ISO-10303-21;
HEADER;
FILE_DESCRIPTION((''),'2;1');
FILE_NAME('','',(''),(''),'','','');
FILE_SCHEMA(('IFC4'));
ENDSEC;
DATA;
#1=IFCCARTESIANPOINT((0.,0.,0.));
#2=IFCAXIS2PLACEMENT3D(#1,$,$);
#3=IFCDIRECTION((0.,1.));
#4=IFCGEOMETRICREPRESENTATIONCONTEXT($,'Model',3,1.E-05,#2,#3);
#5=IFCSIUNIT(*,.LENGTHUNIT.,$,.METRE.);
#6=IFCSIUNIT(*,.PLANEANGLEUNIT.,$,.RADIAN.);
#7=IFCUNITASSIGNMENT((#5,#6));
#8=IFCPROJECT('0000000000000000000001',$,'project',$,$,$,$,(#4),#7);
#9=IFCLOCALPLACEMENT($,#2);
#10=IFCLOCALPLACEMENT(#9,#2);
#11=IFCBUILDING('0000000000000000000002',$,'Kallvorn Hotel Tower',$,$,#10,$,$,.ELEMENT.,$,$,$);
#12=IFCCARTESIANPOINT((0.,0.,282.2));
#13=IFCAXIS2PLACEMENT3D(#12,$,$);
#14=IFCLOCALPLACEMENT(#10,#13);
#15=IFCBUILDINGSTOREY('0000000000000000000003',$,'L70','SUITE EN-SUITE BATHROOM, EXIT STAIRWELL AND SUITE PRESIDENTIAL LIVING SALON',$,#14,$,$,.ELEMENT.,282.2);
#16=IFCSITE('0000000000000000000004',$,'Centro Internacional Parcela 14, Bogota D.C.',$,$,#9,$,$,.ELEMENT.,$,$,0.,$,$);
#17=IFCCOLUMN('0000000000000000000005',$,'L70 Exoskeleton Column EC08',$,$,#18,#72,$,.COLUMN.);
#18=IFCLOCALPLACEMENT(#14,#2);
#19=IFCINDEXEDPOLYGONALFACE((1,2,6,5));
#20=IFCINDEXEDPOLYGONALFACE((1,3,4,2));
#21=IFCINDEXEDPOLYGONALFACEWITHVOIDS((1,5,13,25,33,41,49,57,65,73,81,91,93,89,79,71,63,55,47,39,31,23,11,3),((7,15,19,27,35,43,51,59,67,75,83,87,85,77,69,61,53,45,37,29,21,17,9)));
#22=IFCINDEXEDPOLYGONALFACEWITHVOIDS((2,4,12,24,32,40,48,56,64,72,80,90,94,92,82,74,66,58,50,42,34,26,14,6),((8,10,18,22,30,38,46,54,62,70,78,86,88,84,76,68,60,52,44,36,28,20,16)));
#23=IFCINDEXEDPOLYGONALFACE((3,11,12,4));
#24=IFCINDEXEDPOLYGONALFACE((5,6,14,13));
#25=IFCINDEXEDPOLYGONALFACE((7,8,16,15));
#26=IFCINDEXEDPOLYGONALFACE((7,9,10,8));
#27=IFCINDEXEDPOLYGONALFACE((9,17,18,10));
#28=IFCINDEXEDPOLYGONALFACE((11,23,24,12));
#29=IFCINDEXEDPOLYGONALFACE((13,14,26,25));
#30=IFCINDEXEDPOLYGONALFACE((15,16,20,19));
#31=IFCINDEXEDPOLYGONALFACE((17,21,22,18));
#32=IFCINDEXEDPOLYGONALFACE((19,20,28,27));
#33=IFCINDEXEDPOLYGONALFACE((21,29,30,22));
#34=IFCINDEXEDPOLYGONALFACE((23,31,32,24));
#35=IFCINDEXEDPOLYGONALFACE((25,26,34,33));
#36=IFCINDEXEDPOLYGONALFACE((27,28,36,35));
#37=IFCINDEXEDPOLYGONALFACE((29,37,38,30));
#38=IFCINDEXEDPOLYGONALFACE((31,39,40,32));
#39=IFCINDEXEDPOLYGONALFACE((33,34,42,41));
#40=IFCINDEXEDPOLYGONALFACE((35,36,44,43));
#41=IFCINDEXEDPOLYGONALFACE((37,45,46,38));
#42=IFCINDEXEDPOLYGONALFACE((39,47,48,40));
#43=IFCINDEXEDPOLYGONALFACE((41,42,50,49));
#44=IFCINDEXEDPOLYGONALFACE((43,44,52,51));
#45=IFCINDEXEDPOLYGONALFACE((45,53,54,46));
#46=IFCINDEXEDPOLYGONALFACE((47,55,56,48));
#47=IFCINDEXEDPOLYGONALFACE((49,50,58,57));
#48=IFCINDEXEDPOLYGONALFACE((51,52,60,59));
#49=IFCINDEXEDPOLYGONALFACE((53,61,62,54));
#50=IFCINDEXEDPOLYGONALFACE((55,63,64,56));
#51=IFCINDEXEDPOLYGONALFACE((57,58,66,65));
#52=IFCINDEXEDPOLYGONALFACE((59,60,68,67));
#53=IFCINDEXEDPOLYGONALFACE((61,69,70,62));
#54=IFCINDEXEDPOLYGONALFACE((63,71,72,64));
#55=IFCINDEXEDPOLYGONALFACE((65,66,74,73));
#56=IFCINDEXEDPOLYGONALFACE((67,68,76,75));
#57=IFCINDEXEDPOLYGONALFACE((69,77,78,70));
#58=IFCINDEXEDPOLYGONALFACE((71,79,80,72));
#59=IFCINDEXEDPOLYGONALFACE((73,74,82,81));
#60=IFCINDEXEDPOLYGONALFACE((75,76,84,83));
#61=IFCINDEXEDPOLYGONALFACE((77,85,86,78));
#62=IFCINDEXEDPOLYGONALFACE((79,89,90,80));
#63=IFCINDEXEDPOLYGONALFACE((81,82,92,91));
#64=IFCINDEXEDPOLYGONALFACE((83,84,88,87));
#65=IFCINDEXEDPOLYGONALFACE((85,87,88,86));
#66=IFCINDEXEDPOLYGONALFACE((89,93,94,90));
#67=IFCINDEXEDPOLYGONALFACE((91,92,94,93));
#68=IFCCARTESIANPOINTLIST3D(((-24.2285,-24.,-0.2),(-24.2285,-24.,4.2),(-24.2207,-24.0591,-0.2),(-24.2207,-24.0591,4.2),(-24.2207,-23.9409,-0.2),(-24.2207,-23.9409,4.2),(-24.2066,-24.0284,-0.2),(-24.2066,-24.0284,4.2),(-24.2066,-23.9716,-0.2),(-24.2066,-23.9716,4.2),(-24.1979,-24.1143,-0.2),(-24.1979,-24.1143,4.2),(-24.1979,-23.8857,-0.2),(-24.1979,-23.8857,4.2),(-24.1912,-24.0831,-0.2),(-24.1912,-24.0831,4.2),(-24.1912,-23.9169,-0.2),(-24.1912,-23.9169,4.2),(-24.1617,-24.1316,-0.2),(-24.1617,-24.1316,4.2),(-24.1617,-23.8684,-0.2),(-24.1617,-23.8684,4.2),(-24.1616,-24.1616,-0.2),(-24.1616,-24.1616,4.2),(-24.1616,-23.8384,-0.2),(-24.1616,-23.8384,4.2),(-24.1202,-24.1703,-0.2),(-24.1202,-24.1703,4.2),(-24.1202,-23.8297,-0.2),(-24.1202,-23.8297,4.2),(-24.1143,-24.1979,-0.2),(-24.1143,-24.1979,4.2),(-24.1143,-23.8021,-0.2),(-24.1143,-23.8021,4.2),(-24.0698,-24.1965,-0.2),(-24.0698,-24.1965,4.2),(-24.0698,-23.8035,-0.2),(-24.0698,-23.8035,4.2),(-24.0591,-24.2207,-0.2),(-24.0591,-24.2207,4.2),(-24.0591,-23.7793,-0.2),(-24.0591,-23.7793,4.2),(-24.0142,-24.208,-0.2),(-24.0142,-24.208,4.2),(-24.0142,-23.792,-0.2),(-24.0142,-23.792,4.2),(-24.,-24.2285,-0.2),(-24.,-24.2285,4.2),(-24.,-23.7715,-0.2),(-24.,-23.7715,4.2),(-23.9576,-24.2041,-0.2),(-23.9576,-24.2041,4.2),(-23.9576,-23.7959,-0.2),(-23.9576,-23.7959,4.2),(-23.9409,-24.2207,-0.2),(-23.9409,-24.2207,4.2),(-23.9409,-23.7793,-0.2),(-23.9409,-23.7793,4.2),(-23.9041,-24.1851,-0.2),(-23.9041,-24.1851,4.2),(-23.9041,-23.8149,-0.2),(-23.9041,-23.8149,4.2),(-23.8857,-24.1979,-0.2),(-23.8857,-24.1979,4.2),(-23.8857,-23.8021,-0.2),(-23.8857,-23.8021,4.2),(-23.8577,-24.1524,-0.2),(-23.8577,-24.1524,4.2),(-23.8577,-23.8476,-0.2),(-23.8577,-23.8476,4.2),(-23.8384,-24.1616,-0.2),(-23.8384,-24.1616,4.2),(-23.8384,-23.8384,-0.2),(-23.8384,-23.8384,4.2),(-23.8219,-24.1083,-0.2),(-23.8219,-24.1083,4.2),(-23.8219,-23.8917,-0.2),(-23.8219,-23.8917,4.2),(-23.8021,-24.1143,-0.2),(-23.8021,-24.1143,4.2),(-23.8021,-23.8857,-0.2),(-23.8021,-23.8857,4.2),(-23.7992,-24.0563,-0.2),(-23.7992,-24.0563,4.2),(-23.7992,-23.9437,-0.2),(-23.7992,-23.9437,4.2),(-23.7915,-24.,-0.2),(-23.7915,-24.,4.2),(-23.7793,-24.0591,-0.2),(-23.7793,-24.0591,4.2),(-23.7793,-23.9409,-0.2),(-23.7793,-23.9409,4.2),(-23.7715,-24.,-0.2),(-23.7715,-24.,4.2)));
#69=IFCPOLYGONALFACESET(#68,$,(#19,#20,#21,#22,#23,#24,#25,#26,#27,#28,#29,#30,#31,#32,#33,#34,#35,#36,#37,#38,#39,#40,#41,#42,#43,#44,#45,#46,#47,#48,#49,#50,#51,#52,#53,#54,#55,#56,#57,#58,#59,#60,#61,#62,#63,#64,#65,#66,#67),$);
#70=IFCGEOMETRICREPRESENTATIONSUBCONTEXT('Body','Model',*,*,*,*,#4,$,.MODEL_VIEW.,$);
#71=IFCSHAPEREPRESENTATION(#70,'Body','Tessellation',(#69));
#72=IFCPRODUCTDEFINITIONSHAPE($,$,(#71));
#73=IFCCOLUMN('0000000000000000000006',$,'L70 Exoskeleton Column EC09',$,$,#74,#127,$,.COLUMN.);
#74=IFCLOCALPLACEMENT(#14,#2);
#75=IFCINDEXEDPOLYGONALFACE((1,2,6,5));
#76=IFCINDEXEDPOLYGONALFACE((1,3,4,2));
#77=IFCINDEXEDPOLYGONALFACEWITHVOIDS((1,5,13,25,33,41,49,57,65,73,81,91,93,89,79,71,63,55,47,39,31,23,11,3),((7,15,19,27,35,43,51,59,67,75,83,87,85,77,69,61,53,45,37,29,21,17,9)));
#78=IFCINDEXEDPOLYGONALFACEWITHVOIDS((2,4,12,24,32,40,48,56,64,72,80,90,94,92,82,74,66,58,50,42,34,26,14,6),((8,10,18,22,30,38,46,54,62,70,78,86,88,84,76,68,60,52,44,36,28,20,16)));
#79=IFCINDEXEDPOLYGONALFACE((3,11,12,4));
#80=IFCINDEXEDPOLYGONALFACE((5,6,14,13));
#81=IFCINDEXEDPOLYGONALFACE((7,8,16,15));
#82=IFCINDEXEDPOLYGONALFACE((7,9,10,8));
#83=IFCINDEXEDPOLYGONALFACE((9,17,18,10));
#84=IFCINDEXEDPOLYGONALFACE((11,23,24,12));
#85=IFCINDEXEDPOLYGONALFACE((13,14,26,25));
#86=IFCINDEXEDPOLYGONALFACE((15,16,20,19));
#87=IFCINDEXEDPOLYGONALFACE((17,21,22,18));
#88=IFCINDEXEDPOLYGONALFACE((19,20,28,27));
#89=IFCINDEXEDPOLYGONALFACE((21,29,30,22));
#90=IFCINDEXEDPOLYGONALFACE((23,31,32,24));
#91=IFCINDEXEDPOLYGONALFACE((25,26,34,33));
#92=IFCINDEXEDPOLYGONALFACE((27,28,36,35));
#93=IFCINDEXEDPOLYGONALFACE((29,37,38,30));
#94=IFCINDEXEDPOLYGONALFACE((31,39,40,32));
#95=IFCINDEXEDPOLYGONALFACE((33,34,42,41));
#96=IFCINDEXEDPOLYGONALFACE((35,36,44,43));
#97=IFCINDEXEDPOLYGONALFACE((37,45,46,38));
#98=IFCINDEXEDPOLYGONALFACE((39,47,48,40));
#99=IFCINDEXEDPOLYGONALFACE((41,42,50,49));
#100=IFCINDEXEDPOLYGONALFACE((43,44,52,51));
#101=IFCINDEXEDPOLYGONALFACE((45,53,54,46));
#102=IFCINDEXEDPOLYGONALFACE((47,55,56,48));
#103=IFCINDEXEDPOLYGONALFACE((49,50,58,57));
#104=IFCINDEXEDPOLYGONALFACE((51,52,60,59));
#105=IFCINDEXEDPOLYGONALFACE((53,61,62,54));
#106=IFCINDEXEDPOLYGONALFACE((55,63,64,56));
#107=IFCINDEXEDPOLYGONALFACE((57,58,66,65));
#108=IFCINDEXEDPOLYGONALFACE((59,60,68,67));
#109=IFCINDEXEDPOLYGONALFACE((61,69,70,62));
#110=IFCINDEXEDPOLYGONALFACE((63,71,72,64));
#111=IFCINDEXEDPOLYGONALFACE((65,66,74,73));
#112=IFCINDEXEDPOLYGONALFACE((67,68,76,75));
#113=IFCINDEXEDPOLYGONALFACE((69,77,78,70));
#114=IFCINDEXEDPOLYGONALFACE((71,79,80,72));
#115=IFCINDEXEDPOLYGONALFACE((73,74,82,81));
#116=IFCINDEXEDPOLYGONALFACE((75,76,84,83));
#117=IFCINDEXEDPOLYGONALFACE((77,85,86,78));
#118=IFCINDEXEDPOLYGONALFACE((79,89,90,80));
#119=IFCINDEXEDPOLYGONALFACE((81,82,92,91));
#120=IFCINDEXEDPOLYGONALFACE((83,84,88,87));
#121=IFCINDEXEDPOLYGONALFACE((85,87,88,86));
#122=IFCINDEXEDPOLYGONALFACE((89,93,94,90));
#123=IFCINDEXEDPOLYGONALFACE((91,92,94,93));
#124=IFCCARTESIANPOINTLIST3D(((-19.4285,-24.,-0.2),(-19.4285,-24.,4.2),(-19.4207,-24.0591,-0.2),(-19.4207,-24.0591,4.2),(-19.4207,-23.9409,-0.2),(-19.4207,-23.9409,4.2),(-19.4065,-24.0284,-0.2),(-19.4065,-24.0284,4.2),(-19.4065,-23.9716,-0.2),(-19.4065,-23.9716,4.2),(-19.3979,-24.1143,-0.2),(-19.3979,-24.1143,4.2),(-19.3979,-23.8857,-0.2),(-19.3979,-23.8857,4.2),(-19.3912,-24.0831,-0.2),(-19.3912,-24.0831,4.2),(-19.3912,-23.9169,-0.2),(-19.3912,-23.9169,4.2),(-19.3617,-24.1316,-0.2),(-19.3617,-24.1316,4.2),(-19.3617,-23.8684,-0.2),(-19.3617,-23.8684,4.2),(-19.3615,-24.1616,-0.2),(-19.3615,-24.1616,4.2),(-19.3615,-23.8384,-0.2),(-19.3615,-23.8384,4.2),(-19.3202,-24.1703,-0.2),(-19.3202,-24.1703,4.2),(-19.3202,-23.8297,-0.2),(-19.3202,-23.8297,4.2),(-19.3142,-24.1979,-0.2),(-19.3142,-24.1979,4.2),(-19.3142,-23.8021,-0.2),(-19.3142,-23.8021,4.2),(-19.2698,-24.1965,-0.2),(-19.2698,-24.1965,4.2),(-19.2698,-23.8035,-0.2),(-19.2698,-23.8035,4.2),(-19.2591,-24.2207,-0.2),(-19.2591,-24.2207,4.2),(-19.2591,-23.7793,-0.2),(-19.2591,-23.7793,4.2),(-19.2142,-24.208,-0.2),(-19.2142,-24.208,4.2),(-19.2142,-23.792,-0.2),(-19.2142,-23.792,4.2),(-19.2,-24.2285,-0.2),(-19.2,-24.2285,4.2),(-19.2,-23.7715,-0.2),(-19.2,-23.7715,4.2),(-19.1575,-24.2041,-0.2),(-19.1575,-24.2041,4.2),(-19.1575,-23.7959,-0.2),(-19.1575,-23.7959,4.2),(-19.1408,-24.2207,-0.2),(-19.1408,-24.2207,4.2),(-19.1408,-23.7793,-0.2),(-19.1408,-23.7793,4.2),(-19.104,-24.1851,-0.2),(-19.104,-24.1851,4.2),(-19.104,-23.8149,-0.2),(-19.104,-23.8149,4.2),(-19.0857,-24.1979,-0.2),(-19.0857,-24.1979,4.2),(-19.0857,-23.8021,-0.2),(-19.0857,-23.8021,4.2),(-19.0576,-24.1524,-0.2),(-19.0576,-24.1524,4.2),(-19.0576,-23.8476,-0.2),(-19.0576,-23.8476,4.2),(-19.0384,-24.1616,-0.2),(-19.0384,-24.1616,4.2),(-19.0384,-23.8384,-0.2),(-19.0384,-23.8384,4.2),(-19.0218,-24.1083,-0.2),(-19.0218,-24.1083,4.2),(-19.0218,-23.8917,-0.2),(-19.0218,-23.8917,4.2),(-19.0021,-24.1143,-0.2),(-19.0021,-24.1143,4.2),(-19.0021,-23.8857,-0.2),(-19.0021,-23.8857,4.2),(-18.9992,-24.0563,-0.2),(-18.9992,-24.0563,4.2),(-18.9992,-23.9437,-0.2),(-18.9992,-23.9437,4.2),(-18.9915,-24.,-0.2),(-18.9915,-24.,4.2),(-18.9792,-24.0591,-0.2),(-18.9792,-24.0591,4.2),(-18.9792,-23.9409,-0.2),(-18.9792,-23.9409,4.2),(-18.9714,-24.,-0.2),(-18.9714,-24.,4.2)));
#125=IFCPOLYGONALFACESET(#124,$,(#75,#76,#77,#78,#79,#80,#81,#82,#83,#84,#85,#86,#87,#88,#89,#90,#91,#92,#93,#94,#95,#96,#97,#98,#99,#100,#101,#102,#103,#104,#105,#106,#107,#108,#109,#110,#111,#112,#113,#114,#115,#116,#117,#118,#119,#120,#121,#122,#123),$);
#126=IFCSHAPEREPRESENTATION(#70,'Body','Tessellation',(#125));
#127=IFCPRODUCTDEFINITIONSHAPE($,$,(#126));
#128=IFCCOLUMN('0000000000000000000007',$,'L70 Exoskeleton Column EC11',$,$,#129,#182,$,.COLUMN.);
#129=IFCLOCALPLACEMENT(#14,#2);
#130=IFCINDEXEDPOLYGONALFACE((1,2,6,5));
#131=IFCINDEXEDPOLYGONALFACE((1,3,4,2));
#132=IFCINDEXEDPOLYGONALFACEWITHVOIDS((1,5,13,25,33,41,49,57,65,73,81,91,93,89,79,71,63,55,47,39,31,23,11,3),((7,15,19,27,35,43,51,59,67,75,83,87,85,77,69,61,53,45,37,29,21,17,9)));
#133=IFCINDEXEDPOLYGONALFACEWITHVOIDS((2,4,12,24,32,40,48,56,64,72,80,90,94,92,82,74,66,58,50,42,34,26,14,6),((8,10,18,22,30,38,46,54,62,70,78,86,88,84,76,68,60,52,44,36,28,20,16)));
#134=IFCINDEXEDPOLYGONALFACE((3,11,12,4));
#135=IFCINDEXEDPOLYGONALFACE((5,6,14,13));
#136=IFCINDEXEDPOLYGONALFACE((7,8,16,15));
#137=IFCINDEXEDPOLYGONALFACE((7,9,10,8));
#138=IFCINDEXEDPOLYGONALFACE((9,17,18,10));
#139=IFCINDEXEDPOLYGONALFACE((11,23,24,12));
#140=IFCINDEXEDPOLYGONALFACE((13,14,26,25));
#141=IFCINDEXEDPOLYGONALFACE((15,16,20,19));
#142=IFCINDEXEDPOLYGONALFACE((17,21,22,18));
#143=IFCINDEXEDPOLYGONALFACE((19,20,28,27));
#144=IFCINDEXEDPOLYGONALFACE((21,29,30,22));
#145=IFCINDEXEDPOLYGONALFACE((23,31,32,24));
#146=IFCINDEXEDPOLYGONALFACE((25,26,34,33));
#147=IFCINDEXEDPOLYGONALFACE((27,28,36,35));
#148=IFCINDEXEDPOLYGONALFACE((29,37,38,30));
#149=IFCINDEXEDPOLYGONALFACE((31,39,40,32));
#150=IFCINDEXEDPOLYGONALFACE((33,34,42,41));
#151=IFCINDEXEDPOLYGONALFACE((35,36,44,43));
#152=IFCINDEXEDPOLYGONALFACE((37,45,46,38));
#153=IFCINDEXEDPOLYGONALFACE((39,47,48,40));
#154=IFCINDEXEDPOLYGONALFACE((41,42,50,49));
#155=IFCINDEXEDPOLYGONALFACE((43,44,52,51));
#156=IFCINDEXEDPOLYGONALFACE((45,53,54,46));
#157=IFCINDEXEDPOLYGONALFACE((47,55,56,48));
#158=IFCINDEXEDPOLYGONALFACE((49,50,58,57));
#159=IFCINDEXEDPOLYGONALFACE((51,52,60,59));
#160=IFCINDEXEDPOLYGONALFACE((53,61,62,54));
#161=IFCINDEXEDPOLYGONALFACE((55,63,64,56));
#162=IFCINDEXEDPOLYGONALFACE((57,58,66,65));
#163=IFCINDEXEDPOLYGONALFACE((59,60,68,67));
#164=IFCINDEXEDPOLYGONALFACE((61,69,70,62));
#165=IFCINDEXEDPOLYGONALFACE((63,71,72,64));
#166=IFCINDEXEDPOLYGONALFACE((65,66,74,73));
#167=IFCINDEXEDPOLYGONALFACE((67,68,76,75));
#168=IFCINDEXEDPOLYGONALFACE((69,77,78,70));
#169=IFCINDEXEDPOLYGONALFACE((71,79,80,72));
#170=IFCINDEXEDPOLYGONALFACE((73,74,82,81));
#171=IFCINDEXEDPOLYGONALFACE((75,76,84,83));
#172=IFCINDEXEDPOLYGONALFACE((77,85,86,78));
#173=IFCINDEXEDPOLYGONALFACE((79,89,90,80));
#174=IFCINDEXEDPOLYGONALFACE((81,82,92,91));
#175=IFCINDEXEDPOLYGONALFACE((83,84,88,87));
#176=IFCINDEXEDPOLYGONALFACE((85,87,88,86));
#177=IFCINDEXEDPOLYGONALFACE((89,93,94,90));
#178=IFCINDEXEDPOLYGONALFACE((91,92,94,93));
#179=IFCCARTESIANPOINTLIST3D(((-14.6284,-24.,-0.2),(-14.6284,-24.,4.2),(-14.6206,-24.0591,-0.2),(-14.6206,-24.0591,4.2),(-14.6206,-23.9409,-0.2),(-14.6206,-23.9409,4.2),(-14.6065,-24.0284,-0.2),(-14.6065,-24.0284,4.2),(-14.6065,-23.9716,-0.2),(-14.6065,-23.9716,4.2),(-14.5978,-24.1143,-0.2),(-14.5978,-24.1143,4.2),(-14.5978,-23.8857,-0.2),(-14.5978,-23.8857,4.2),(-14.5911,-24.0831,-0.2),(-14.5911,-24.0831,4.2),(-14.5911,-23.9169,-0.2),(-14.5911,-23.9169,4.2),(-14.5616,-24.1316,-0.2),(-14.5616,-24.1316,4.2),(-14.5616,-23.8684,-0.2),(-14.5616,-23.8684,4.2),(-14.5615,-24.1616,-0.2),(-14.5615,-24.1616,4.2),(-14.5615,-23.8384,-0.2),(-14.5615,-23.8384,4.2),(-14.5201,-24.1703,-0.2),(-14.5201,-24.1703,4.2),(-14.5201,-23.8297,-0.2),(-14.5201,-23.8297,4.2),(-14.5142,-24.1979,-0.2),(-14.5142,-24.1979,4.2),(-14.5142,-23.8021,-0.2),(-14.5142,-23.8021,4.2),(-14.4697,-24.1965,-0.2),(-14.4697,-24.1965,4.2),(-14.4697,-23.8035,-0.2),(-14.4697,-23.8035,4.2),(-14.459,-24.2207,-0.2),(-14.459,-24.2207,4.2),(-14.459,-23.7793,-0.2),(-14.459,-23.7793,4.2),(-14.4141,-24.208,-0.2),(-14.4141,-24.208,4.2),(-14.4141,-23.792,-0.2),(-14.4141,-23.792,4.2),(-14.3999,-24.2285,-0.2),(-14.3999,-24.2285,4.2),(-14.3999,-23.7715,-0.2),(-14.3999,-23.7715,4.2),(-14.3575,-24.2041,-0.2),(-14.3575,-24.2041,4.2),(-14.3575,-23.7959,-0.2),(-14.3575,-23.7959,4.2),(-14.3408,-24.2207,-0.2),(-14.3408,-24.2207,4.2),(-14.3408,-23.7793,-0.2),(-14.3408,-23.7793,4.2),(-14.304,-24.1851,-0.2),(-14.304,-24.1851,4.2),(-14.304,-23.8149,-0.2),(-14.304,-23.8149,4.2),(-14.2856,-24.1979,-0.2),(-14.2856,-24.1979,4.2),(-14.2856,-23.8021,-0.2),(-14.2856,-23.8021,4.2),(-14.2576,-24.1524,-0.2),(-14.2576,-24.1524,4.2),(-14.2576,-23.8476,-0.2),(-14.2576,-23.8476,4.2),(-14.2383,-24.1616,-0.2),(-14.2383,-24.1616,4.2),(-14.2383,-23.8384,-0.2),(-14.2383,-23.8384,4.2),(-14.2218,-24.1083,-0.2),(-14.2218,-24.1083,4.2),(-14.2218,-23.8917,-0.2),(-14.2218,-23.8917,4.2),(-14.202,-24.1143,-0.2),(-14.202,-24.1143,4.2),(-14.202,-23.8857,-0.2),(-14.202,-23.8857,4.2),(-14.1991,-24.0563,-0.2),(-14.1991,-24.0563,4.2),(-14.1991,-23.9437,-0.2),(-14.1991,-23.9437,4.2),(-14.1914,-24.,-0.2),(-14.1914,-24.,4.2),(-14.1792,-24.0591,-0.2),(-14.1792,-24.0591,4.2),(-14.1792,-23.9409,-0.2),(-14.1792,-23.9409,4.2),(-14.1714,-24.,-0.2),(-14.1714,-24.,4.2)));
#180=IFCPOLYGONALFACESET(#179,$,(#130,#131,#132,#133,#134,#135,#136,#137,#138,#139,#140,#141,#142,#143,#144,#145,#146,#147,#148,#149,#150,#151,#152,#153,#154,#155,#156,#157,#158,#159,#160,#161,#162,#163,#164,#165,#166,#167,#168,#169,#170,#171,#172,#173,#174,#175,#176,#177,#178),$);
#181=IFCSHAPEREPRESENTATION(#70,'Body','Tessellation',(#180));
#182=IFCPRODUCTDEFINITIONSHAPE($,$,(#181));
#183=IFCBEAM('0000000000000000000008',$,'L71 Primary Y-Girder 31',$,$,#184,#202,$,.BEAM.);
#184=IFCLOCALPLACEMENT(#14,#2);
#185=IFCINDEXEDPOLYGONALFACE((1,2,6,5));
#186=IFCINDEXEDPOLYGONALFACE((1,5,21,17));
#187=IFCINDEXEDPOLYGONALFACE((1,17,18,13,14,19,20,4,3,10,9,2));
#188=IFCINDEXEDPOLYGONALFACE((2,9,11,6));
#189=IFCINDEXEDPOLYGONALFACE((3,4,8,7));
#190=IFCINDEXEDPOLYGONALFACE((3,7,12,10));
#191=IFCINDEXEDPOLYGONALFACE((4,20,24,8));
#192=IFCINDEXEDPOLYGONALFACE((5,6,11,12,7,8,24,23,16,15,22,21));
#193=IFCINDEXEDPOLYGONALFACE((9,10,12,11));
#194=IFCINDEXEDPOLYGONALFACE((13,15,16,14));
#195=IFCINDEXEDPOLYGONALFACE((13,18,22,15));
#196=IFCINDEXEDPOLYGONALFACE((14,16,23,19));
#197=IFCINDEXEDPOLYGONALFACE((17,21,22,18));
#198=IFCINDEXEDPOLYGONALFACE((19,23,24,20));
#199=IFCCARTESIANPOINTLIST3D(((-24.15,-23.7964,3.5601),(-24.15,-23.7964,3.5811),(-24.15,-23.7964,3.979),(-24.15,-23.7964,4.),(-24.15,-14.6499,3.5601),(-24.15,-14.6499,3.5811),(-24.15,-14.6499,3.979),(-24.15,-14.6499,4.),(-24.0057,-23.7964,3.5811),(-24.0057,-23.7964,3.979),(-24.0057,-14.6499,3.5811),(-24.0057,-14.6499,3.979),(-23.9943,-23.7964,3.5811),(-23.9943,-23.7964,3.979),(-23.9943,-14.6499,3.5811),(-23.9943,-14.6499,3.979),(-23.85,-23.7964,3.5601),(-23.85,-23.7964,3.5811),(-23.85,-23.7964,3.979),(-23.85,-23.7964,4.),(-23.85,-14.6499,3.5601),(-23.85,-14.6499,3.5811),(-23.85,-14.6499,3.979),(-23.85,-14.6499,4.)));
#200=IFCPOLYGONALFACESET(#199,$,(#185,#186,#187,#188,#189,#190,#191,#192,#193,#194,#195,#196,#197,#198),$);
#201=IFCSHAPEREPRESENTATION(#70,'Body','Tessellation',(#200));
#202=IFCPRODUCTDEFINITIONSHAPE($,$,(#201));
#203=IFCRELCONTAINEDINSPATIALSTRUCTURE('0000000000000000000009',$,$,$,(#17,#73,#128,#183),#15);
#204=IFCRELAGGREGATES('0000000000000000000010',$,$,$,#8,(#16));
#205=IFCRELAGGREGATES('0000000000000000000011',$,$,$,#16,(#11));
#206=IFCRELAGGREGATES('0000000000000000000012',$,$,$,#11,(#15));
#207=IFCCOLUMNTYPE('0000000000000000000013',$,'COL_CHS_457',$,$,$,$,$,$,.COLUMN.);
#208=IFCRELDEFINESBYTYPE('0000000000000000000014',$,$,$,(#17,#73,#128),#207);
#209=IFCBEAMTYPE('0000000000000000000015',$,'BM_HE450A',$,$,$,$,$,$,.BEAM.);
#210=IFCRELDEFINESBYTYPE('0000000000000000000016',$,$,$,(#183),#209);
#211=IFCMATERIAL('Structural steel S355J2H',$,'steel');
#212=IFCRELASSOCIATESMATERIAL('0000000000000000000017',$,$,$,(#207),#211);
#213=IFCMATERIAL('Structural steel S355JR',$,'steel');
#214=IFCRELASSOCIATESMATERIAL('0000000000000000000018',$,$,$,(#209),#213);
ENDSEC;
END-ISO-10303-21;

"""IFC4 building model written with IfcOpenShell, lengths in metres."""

from ifc_helpers import new_model, si_unit, direction, frame, origin, origin_2d, place, context, subcontext, project, spatial, hollow_circle, i_section, extrude, material, material_profile, profile_set, type_object, element, save


model = new_model("IFC4")

# Units and contexts
model_context = context("Model", 3, precision=1e-05, world=origin(), true_north=direction((0.0, 1.0)))
body_context = subcontext(model_context, "Body", "Model", "MODEL_VIEW")
ifc_project = project(units=[si_unit("LENGTHUNIT", "METRE"), si_unit("PLANEANGLEUNIT", "RADIAN")], contexts=[model_context])

# Site, building, storey
site_placement = place(None, origin())
site = spatial("IfcSite", under=ifc_project, at=site_placement, Name="Centro Internacional Parcela 14, Bogota D.C.", CompositionType="ELEMENT", RefElevation=0.0)
building_placement = place(site_placement, origin())
building = spatial("IfcBuilding", under=site, at=building_placement, Name="Kallvorn Hotel Tower", CompositionType="ELEMENT")
storey_placement = place(building_placement, frame((0.0, 0.0, 282.2)))
storey = spatial("IfcBuildingStorey", under=building, at=storey_placement, Name="L70", Description="SUITE EN-SUITE BATHROOM, EXIT STAIRWELL AND SUITE PRESIDENTIAL LIVING SALON", CompositionType="ELEMENT", Elevation=282.2)

# Columns
ifc_material_1 = material(Name="Structural steel S355J2H", Category="steel")
ifc_material_profile_1 = material_profile(ifc_material_1, hollow_circle(Radius=0.2285, WallThickness=0.02, at=origin_2d()), Name="CHS 457x20")
ifc_profile_set_1 = profile_set([ifc_material_profile_1], Name="Structural steel S355J2H")
column_type = type_object("IfcColumnType", Name="COL_CHS_457", PredefinedType="COLUMN", material=ifc_profile_set_1)
for number, where, z_axis, x_axis, name in (
    (1, (-24.0, -24.0, -0.2), (0.0, 0.0, 1.0), (1.0, 0.0, 0.0), "L70 Exoskeleton Column EC08"),
    (2, (-19.2, -24.0, -0.2), (0.0, 0.0, 1.0), (1.0, 0.0, 0.0), "L70 Exoskeleton Column EC09"),
    (3, (-14.3999, -24.0, -0.2), (0.0, 0.0, 1.0), (1.0, 0.0, 0.0), "L70 Exoskeleton Column EC11"),
):
    element("IfcColumn", number, at=place(storey_placement, frame(where, z_axis=z_axis, x_axis=x_axis)), inside=storey, type_object=column_type, Name=name, PredefinedType="COLUMN", context=body_context, shape_type="SweptSolid", body=[
        extrude(hollow_circle(Radius=0.2285, WallThickness=0.02, at=origin_2d()), origin(), (0.0, 0.0, 1.0), 4.3999),
    ])

# Beam
ifc_material_2 = material(Name="Structural steel S355JR", Category="steel")
ifc_material_profile_2 = material_profile(ifc_material_2, i_section(OverallWidth=0.3, OverallDepth=0.4399, WebThickness=0.0115, FlangeThickness=0.021, at=origin_2d()), Name="HE 450 A")
ifc_profile_set_2 = profile_set([ifc_material_profile_2], Name="Structural steel S355JR")
beam_type_1 = type_object("IfcBeamType", Name="BM_HE450A", PredefinedType="BEAM", material=ifc_profile_set_2)
for number, where, z_axis, x_axis, name in (
    (4, (-24.0, -23.7964, 3.78), (0.0, 1.0, 0.0), (-1.0, 0.0, 0.0), "L71 Primary Y-Girder 31"),
):
    element("IfcBeam", number, at=place(storey_placement, frame(where, z_axis=z_axis, x_axis=x_axis)), inside=storey, type_object=beam_type_1, Name=name, PredefinedType="BEAM", context=body_context, shape_type="SweptSolid", body=[
        extrude(i_section(OverallWidth=0.3, OverallDepth=0.4399, WebThickness=0.0115, FlangeThickness=0.021, at=origin_2d()), origin(), (0.0, 0.0, 1.0), 9.1465),
    ])

save(model, "model.ifc")
